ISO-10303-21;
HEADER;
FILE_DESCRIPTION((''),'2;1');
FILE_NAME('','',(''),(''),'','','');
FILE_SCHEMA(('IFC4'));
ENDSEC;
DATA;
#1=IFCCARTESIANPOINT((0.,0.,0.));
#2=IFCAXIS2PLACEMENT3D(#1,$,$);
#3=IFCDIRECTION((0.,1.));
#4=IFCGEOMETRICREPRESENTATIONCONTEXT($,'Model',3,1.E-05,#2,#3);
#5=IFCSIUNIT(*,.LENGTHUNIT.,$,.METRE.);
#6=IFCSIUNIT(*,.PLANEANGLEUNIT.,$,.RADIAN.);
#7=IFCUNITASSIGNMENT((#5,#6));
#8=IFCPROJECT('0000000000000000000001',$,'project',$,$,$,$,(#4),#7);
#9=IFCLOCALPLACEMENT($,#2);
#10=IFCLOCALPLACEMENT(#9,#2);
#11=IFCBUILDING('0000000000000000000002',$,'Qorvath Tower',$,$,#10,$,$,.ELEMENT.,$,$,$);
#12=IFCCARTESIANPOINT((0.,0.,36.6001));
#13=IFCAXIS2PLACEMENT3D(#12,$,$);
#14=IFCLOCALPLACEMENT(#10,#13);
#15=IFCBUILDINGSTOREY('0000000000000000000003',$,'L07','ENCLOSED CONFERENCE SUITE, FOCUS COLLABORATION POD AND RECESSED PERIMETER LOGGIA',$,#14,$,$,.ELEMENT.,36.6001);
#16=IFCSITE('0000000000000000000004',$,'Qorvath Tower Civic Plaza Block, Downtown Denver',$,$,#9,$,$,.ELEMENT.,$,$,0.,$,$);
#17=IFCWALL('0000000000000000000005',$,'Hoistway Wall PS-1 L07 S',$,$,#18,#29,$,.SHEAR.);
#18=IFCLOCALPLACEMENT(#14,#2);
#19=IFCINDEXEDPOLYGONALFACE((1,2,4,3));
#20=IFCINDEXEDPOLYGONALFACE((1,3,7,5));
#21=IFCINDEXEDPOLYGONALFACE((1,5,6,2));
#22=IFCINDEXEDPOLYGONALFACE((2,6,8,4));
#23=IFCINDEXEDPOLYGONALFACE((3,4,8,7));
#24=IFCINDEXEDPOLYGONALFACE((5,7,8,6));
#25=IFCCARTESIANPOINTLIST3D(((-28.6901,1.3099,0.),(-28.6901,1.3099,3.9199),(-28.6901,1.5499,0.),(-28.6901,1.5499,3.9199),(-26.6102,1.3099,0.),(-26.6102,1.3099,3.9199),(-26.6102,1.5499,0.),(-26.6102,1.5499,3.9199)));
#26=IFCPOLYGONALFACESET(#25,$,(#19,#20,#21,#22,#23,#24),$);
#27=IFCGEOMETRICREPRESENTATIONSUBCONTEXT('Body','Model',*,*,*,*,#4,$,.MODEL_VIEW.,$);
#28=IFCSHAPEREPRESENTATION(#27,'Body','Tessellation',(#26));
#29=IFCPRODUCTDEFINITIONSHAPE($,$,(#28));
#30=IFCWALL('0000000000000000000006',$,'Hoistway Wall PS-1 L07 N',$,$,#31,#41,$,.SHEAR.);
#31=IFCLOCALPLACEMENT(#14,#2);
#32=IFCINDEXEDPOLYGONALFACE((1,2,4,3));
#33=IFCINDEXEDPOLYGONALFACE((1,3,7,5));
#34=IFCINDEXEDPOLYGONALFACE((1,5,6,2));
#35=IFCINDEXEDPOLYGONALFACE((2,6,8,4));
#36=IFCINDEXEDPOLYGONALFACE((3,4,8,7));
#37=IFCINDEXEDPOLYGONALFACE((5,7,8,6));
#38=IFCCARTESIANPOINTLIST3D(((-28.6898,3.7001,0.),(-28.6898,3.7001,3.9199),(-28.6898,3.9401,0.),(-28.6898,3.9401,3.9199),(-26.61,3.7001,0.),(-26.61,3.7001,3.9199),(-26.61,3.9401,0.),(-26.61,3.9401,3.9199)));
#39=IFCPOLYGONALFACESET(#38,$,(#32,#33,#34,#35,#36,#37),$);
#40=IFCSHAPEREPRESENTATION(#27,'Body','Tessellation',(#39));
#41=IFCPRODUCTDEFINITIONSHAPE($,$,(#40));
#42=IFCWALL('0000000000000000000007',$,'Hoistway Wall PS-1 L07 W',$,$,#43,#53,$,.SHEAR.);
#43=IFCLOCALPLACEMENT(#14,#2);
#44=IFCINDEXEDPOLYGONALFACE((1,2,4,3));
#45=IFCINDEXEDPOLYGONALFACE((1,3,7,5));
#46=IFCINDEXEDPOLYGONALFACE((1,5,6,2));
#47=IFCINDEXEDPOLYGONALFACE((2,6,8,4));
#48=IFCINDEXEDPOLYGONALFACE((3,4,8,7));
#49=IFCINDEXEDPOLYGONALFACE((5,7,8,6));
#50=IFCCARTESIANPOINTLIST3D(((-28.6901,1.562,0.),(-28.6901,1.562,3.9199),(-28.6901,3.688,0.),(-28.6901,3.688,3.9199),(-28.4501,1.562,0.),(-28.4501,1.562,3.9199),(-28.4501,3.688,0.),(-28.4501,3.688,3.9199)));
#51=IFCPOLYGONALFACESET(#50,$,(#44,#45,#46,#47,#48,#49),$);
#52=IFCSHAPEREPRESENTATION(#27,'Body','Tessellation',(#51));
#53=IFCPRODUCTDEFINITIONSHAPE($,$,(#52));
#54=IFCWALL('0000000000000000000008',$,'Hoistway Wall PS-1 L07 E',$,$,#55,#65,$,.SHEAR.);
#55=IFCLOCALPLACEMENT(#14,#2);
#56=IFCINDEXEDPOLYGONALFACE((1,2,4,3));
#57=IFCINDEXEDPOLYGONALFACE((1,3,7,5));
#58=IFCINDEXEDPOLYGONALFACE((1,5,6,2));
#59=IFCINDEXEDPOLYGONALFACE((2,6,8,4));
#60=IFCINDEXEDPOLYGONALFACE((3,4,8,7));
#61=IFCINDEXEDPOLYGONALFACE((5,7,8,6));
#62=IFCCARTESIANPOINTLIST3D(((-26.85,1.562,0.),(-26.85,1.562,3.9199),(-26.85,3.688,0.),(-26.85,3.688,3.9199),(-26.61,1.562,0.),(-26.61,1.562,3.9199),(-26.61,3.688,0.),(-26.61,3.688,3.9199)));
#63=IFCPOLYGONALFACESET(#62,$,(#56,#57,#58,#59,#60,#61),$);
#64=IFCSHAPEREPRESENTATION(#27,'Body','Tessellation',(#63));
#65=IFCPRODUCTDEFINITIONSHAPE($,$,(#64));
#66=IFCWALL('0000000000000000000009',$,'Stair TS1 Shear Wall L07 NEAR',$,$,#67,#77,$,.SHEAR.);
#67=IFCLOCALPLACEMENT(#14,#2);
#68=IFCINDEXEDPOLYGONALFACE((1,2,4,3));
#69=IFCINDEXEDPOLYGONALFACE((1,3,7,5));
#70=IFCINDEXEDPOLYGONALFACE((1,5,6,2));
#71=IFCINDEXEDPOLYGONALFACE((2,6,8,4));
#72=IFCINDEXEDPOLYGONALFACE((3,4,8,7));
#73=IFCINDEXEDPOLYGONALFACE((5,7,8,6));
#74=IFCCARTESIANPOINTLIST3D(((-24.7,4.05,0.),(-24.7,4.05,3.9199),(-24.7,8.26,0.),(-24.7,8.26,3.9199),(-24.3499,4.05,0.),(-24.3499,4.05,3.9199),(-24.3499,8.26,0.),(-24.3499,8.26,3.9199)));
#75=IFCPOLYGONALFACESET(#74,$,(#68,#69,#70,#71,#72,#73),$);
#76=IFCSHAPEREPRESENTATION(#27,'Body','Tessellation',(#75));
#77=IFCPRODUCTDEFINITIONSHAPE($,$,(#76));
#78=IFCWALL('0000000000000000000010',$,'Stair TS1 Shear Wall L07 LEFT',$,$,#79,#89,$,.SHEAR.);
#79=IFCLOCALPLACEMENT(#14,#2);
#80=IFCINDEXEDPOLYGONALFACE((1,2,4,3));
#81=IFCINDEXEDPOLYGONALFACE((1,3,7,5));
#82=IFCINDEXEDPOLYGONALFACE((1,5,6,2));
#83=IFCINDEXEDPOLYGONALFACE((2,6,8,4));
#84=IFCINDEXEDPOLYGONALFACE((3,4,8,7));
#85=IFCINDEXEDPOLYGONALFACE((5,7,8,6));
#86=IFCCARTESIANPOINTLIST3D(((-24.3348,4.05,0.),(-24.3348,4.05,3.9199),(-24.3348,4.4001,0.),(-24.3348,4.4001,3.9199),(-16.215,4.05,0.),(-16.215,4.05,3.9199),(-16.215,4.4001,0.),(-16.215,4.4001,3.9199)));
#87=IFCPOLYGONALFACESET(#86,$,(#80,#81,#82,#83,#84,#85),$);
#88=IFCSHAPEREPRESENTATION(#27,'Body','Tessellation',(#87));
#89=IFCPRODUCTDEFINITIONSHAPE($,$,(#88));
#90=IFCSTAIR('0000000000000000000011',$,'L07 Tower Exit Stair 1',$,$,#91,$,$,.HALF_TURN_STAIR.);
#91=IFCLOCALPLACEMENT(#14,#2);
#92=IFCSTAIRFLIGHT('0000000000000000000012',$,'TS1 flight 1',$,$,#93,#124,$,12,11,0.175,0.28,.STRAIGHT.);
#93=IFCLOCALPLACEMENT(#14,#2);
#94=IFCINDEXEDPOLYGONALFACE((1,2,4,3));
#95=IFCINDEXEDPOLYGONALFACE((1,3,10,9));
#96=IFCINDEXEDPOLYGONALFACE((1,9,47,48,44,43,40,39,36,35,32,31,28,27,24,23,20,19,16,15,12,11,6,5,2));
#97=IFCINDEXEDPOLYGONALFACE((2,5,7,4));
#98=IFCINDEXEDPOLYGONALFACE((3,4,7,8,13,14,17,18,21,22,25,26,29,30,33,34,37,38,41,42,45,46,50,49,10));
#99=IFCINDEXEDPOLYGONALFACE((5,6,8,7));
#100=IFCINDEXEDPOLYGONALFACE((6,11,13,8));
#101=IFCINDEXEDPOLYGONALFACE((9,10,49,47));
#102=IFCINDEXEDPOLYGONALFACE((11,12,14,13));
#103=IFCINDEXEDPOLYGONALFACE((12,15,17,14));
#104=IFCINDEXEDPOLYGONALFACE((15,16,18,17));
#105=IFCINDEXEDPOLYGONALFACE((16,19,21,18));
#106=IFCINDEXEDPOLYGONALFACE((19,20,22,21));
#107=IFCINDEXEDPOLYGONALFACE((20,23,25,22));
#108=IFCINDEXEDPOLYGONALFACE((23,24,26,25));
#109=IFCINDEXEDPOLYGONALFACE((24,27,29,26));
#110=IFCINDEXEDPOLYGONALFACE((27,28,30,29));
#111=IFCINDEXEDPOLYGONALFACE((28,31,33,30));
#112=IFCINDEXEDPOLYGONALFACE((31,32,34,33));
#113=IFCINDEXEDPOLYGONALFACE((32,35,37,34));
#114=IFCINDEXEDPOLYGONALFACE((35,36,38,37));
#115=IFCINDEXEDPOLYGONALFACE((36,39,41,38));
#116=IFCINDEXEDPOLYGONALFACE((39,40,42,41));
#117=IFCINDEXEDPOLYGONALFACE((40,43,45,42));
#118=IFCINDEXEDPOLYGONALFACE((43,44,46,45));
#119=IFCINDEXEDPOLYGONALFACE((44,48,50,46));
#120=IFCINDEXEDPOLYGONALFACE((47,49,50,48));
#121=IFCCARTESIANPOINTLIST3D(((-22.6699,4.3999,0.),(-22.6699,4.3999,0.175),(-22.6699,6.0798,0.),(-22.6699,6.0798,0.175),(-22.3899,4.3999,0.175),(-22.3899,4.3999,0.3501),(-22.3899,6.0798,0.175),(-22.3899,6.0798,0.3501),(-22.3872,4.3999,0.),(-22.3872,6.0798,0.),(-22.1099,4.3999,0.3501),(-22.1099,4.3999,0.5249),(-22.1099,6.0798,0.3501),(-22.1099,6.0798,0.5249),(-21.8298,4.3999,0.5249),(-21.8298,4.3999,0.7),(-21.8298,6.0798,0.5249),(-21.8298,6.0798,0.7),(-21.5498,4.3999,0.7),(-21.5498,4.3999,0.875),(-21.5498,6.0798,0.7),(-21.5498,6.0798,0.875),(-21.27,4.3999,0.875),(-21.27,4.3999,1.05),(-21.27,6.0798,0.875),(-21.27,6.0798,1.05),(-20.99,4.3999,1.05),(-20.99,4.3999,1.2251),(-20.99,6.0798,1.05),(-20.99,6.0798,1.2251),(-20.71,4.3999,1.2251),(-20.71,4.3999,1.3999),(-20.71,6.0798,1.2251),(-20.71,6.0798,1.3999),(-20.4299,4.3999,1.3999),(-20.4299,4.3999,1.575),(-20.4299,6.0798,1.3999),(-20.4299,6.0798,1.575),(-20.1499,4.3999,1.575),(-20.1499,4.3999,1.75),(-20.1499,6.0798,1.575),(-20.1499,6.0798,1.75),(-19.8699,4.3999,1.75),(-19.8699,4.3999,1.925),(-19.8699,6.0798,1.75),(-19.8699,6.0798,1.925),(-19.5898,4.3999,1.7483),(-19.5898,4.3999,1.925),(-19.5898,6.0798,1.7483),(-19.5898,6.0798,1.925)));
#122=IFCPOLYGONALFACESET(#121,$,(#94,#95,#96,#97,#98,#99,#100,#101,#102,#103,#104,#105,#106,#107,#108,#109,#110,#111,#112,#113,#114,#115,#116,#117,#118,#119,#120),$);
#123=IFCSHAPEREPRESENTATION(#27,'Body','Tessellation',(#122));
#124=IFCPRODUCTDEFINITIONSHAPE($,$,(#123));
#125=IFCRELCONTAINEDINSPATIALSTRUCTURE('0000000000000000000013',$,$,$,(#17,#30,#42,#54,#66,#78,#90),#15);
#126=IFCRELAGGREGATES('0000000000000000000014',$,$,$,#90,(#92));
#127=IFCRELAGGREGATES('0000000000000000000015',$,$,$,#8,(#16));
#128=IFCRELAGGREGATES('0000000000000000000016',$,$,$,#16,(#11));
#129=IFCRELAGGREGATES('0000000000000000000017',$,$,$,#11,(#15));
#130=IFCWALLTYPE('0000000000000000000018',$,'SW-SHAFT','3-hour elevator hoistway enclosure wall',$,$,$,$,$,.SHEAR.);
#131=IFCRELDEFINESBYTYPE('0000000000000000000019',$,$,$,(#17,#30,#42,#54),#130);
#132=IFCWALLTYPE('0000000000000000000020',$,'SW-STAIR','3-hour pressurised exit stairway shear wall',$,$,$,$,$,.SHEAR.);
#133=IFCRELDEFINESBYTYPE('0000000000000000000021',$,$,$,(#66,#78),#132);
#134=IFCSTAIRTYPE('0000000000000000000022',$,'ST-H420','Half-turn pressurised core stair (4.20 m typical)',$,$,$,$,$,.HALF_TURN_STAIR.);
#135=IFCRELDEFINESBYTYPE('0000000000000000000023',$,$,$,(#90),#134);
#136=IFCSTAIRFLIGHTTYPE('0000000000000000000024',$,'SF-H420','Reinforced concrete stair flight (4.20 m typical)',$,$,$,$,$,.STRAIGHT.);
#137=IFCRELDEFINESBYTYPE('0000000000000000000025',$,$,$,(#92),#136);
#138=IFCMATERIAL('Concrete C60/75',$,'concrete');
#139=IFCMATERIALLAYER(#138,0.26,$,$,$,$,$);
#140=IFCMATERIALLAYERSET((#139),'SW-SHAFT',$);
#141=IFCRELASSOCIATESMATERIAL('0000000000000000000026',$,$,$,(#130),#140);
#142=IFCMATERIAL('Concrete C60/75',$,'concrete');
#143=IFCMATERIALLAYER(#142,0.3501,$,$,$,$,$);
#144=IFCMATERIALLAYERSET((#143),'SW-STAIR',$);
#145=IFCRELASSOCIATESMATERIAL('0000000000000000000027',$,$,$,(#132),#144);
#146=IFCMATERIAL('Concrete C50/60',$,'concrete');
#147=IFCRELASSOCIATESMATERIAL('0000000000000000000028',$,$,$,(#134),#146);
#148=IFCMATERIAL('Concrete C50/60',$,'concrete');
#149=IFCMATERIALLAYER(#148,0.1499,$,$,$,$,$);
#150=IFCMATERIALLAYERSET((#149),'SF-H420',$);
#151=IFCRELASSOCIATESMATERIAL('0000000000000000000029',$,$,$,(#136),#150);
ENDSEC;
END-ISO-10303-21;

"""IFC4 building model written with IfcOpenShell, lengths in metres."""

from ifc_helpers import new_model, si_unit, direction, frame, frame_2d, origin, place, context, subcontext, project, spatial, polyline, rectangle, outline, extrude, material, layer, layer_set, type_object, element, aggregate, save


model = new_model("IFC4")

# Units and contexts
model_context = context("Model", 3, precision=1e-05, world=origin(), true_north=direction((0.0, 1.0)))
body_context = subcontext(model_context, "Body", "Model", "MODEL_VIEW")
ifc_project = project(units=[si_unit("LENGTHUNIT", "METRE"), si_unit("PLANEANGLEUNIT", "RADIAN")], contexts=[model_context])

# Site, building, storey
site_placement = place(None, origin())
site = spatial("IfcSite", under=ifc_project, at=site_placement, Name="Qorvath Tower Civic Plaza Block, Downtown Denver", CompositionType="ELEMENT", RefElevation=0.0)
building_placement = place(site_placement, origin())
building = spatial("IfcBuilding", under=site, at=building_placement, Name="Qorvath Tower", CompositionType="ELEMENT")
storey_placement = place(building_placement, frame((0.0, 0.0, 36.6001)))
storey = spatial("IfcBuildingStorey", under=building, at=storey_placement, Name="L07", Description="ENCLOSED CONFERENCE SUITE, FOCUS COLLABORATION POD AND RECESSED PERIMETER LOGGIA", CompositionType="ELEMENT", Elevation=36.6001)

# Shared definitions
ifc_material_1 = material(Name="Concrete C60/75", Category="concrete")
ifc_layer_1 = layer(ifc_material_1, 0.26)
ifc_layer_set_1 = layer_set([ifc_layer_1], Name="SW-SHAFT")
wall_type_1 = type_object("IfcWallType", Name="SW-SHAFT", Description="3-hour elevator hoistway enclosure wall", PredefinedType="SHEAR", material=ifc_layer_set_1)

# Walls
for number, where, z_axis, x_axis, name in (
    (1, (-26.6101, 1.4299, 0.0), (0.0, 0.0, 1.0), (-1.0, 0.0, 0.0), "Hoistway Wall PS-1 L07 S"),
    (2, (-28.6899, 3.8201, 0.0), (0.0, 0.0, 1.0), (1.0, 0.0, 0.0), "Hoistway Wall PS-1 L07 N"),
):
    element("IfcWall", number, at=place(storey_placement, frame(where, z_axis=z_axis, x_axis=x_axis)), inside=storey, type_object=wall_type_1, Name=name, PredefinedType="SHEAR", context=body_context, shape_type="SweptSolid", body=[
        extrude(rectangle(XDim=2.0798, YDim=0.24, at=frame_2d((1.04, 0.0))), origin(), (0.0, 0.0, 1.0), 3.9199),
    ])
for number, where, z_axis, x_axis, name in (
    (3, (-28.5701, 1.562, 0.0), (0.0, 0.0, 1.0), (0.0, 1.0, 0.0), "Hoistway Wall PS-1 L07 W"),
    (4, (-26.73, 3.688, 0.0), (0.0, 0.0, 1.0), (0.0, -1.0, 0.0), "Hoistway Wall PS-1 L07 E"),
):
    element("IfcWall", number, at=place(storey_placement, frame(where, z_axis=z_axis, x_axis=x_axis)), inside=storey, type_object=wall_type_1, Name=name, PredefinedType="SHEAR", context=body_context, shape_type="SweptSolid", body=[
        extrude(rectangle(XDim=2.126, YDim=0.24, at=frame_2d((1.063, 0.0))), origin(), (0.0, 0.0, 1.0), 3.9199),
    ])
ifc_material_2 = material(Name="Concrete C60/75", Category="concrete")
ifc_layer_2 = layer(ifc_material_2, 0.3501)
ifc_layer_set_2 = layer_set([ifc_layer_2], Name="SW-STAIR")
wall_type_2 = type_object("IfcWallType", Name="SW-STAIR", Description="3-hour pressurised exit stairway shear wall", PredefinedType="SHEAR", material=ifc_layer_set_2)
wall_1_placement = place(storey_placement, frame((-24.5249, 8.26, 0.0), z_axis=(0.0, 0.0, 1.0), x_axis=(0.0, -1.0, 0.0)))
element("IfcWall", 5, at=wall_1_placement, inside=storey, type_object=wall_type_2, Name="Stair TS1 Shear Wall L07 NEAR", PredefinedType="SHEAR", context=body_context, shape_type="SweptSolid", body=[
    extrude(rectangle(XDim=4.21, YDim=0.3501, at=frame_2d((2.105, 0.0))), origin(), (0.0, 0.0, 1.0), 3.9199),
])
wall_2_placement = place(storey_placement, frame((-24.335, 4.2251, 0.0), z_axis=(0.0, 0.0, 1.0), x_axis=(1.0, 0.0, 0.0)))
element("IfcWall", 6, at=wall_2_placement, inside=storey, type_object=wall_type_2, Name="Stair TS1 Shear Wall L07 LEFT", PredefinedType="SHEAR", context=body_context, shape_type="SweptSolid", body=[
    extrude(rectangle(XDim=8.1199, YDim=0.3501, at=frame_2d((4.0601, 0.0))), origin(), (0.0, 0.0, 1.0), 3.9199),
])

# Stair, stair flight
ifc_material_3 = material(Name="Concrete C50/60", Category="concrete")
stair_type = type_object("IfcStairType", Name="ST-H420", Description="Half-turn pressurised core stair (4.20 m typical)", PredefinedType="HALF_TURN_STAIR", material=ifc_material_3)
stair_placement = place(storey_placement, origin())
stair = element("IfcStair", 7, at=stair_placement, inside=storey, type_object=stair_type, Name="L07 Tower Exit Stair 1", PredefinedType="HALF_TURN_STAIR")
ifc_material_4 = material(Name="Concrete C50/60", Category="concrete")
ifc_layer_3 = layer(ifc_material_4, 0.1499)
ifc_layer_set_3 = layer_set([ifc_layer_3], Name="SF-H420")
stair_flight_type = type_object("IfcStairFlightType", Name="SF-H420", Description="Reinforced concrete stair flight (4.20 m typical)", PredefinedType="STRAIGHT", material=ifc_layer_set_3)
stair_flight_placement = place(storey_placement, frame((-22.6699, 5.24, 0.0), z_axis=(0.0, 0.0, 1.0), x_axis=(1.0, 0.0, 0.0)))
stair_flight = element("IfcStairFlight", 8, at=stair_flight_placement, type_object=stair_flight_type, Name="TS1 flight 1", NumberOfRisers=12, NumberOfTreads=11, PredefinedType="STRAIGHT", RiserHeight=0.175, TreadLength=0.28, context=body_context, shape_type="SweptSolid", body=[
    extrude(outline(polyline([(0.0, 0.0), (0.0, 0.175), (0.28, 0.175), (0.28, 0.3501), (0.5601, 0.3501), (0.5601, 0.5249), (0.8401, 0.5249), (0.8401, 0.7), (1.1201, 0.7), (1.1201, 0.875), (1.3999, 0.875), (1.3999, 1.05), (1.6799, 1.05), (1.6799, 1.2251), (1.96, 1.2251), (1.96, 1.3999), (2.24, 1.3999), (2.24, 1.575), (2.52, 1.575), (2.52, 1.75), (2.8, 1.75), (2.8, 1.925), (3.0801, 1.925), (3.0801, 2.1001), (3.0801, 1.7483), (0.2827, 0.0), (0.0, 0.0)])), frame((0.0, 0.8398, 0.0), z_axis=(0.0, -1.0, 0.0), x_axis=(1.0, 0.0, 0.0)), (0.0, 0.0, 1.0), 1.6799),
])
aggregate(stair, [stair_flight])

save(model, "model.ifc")
